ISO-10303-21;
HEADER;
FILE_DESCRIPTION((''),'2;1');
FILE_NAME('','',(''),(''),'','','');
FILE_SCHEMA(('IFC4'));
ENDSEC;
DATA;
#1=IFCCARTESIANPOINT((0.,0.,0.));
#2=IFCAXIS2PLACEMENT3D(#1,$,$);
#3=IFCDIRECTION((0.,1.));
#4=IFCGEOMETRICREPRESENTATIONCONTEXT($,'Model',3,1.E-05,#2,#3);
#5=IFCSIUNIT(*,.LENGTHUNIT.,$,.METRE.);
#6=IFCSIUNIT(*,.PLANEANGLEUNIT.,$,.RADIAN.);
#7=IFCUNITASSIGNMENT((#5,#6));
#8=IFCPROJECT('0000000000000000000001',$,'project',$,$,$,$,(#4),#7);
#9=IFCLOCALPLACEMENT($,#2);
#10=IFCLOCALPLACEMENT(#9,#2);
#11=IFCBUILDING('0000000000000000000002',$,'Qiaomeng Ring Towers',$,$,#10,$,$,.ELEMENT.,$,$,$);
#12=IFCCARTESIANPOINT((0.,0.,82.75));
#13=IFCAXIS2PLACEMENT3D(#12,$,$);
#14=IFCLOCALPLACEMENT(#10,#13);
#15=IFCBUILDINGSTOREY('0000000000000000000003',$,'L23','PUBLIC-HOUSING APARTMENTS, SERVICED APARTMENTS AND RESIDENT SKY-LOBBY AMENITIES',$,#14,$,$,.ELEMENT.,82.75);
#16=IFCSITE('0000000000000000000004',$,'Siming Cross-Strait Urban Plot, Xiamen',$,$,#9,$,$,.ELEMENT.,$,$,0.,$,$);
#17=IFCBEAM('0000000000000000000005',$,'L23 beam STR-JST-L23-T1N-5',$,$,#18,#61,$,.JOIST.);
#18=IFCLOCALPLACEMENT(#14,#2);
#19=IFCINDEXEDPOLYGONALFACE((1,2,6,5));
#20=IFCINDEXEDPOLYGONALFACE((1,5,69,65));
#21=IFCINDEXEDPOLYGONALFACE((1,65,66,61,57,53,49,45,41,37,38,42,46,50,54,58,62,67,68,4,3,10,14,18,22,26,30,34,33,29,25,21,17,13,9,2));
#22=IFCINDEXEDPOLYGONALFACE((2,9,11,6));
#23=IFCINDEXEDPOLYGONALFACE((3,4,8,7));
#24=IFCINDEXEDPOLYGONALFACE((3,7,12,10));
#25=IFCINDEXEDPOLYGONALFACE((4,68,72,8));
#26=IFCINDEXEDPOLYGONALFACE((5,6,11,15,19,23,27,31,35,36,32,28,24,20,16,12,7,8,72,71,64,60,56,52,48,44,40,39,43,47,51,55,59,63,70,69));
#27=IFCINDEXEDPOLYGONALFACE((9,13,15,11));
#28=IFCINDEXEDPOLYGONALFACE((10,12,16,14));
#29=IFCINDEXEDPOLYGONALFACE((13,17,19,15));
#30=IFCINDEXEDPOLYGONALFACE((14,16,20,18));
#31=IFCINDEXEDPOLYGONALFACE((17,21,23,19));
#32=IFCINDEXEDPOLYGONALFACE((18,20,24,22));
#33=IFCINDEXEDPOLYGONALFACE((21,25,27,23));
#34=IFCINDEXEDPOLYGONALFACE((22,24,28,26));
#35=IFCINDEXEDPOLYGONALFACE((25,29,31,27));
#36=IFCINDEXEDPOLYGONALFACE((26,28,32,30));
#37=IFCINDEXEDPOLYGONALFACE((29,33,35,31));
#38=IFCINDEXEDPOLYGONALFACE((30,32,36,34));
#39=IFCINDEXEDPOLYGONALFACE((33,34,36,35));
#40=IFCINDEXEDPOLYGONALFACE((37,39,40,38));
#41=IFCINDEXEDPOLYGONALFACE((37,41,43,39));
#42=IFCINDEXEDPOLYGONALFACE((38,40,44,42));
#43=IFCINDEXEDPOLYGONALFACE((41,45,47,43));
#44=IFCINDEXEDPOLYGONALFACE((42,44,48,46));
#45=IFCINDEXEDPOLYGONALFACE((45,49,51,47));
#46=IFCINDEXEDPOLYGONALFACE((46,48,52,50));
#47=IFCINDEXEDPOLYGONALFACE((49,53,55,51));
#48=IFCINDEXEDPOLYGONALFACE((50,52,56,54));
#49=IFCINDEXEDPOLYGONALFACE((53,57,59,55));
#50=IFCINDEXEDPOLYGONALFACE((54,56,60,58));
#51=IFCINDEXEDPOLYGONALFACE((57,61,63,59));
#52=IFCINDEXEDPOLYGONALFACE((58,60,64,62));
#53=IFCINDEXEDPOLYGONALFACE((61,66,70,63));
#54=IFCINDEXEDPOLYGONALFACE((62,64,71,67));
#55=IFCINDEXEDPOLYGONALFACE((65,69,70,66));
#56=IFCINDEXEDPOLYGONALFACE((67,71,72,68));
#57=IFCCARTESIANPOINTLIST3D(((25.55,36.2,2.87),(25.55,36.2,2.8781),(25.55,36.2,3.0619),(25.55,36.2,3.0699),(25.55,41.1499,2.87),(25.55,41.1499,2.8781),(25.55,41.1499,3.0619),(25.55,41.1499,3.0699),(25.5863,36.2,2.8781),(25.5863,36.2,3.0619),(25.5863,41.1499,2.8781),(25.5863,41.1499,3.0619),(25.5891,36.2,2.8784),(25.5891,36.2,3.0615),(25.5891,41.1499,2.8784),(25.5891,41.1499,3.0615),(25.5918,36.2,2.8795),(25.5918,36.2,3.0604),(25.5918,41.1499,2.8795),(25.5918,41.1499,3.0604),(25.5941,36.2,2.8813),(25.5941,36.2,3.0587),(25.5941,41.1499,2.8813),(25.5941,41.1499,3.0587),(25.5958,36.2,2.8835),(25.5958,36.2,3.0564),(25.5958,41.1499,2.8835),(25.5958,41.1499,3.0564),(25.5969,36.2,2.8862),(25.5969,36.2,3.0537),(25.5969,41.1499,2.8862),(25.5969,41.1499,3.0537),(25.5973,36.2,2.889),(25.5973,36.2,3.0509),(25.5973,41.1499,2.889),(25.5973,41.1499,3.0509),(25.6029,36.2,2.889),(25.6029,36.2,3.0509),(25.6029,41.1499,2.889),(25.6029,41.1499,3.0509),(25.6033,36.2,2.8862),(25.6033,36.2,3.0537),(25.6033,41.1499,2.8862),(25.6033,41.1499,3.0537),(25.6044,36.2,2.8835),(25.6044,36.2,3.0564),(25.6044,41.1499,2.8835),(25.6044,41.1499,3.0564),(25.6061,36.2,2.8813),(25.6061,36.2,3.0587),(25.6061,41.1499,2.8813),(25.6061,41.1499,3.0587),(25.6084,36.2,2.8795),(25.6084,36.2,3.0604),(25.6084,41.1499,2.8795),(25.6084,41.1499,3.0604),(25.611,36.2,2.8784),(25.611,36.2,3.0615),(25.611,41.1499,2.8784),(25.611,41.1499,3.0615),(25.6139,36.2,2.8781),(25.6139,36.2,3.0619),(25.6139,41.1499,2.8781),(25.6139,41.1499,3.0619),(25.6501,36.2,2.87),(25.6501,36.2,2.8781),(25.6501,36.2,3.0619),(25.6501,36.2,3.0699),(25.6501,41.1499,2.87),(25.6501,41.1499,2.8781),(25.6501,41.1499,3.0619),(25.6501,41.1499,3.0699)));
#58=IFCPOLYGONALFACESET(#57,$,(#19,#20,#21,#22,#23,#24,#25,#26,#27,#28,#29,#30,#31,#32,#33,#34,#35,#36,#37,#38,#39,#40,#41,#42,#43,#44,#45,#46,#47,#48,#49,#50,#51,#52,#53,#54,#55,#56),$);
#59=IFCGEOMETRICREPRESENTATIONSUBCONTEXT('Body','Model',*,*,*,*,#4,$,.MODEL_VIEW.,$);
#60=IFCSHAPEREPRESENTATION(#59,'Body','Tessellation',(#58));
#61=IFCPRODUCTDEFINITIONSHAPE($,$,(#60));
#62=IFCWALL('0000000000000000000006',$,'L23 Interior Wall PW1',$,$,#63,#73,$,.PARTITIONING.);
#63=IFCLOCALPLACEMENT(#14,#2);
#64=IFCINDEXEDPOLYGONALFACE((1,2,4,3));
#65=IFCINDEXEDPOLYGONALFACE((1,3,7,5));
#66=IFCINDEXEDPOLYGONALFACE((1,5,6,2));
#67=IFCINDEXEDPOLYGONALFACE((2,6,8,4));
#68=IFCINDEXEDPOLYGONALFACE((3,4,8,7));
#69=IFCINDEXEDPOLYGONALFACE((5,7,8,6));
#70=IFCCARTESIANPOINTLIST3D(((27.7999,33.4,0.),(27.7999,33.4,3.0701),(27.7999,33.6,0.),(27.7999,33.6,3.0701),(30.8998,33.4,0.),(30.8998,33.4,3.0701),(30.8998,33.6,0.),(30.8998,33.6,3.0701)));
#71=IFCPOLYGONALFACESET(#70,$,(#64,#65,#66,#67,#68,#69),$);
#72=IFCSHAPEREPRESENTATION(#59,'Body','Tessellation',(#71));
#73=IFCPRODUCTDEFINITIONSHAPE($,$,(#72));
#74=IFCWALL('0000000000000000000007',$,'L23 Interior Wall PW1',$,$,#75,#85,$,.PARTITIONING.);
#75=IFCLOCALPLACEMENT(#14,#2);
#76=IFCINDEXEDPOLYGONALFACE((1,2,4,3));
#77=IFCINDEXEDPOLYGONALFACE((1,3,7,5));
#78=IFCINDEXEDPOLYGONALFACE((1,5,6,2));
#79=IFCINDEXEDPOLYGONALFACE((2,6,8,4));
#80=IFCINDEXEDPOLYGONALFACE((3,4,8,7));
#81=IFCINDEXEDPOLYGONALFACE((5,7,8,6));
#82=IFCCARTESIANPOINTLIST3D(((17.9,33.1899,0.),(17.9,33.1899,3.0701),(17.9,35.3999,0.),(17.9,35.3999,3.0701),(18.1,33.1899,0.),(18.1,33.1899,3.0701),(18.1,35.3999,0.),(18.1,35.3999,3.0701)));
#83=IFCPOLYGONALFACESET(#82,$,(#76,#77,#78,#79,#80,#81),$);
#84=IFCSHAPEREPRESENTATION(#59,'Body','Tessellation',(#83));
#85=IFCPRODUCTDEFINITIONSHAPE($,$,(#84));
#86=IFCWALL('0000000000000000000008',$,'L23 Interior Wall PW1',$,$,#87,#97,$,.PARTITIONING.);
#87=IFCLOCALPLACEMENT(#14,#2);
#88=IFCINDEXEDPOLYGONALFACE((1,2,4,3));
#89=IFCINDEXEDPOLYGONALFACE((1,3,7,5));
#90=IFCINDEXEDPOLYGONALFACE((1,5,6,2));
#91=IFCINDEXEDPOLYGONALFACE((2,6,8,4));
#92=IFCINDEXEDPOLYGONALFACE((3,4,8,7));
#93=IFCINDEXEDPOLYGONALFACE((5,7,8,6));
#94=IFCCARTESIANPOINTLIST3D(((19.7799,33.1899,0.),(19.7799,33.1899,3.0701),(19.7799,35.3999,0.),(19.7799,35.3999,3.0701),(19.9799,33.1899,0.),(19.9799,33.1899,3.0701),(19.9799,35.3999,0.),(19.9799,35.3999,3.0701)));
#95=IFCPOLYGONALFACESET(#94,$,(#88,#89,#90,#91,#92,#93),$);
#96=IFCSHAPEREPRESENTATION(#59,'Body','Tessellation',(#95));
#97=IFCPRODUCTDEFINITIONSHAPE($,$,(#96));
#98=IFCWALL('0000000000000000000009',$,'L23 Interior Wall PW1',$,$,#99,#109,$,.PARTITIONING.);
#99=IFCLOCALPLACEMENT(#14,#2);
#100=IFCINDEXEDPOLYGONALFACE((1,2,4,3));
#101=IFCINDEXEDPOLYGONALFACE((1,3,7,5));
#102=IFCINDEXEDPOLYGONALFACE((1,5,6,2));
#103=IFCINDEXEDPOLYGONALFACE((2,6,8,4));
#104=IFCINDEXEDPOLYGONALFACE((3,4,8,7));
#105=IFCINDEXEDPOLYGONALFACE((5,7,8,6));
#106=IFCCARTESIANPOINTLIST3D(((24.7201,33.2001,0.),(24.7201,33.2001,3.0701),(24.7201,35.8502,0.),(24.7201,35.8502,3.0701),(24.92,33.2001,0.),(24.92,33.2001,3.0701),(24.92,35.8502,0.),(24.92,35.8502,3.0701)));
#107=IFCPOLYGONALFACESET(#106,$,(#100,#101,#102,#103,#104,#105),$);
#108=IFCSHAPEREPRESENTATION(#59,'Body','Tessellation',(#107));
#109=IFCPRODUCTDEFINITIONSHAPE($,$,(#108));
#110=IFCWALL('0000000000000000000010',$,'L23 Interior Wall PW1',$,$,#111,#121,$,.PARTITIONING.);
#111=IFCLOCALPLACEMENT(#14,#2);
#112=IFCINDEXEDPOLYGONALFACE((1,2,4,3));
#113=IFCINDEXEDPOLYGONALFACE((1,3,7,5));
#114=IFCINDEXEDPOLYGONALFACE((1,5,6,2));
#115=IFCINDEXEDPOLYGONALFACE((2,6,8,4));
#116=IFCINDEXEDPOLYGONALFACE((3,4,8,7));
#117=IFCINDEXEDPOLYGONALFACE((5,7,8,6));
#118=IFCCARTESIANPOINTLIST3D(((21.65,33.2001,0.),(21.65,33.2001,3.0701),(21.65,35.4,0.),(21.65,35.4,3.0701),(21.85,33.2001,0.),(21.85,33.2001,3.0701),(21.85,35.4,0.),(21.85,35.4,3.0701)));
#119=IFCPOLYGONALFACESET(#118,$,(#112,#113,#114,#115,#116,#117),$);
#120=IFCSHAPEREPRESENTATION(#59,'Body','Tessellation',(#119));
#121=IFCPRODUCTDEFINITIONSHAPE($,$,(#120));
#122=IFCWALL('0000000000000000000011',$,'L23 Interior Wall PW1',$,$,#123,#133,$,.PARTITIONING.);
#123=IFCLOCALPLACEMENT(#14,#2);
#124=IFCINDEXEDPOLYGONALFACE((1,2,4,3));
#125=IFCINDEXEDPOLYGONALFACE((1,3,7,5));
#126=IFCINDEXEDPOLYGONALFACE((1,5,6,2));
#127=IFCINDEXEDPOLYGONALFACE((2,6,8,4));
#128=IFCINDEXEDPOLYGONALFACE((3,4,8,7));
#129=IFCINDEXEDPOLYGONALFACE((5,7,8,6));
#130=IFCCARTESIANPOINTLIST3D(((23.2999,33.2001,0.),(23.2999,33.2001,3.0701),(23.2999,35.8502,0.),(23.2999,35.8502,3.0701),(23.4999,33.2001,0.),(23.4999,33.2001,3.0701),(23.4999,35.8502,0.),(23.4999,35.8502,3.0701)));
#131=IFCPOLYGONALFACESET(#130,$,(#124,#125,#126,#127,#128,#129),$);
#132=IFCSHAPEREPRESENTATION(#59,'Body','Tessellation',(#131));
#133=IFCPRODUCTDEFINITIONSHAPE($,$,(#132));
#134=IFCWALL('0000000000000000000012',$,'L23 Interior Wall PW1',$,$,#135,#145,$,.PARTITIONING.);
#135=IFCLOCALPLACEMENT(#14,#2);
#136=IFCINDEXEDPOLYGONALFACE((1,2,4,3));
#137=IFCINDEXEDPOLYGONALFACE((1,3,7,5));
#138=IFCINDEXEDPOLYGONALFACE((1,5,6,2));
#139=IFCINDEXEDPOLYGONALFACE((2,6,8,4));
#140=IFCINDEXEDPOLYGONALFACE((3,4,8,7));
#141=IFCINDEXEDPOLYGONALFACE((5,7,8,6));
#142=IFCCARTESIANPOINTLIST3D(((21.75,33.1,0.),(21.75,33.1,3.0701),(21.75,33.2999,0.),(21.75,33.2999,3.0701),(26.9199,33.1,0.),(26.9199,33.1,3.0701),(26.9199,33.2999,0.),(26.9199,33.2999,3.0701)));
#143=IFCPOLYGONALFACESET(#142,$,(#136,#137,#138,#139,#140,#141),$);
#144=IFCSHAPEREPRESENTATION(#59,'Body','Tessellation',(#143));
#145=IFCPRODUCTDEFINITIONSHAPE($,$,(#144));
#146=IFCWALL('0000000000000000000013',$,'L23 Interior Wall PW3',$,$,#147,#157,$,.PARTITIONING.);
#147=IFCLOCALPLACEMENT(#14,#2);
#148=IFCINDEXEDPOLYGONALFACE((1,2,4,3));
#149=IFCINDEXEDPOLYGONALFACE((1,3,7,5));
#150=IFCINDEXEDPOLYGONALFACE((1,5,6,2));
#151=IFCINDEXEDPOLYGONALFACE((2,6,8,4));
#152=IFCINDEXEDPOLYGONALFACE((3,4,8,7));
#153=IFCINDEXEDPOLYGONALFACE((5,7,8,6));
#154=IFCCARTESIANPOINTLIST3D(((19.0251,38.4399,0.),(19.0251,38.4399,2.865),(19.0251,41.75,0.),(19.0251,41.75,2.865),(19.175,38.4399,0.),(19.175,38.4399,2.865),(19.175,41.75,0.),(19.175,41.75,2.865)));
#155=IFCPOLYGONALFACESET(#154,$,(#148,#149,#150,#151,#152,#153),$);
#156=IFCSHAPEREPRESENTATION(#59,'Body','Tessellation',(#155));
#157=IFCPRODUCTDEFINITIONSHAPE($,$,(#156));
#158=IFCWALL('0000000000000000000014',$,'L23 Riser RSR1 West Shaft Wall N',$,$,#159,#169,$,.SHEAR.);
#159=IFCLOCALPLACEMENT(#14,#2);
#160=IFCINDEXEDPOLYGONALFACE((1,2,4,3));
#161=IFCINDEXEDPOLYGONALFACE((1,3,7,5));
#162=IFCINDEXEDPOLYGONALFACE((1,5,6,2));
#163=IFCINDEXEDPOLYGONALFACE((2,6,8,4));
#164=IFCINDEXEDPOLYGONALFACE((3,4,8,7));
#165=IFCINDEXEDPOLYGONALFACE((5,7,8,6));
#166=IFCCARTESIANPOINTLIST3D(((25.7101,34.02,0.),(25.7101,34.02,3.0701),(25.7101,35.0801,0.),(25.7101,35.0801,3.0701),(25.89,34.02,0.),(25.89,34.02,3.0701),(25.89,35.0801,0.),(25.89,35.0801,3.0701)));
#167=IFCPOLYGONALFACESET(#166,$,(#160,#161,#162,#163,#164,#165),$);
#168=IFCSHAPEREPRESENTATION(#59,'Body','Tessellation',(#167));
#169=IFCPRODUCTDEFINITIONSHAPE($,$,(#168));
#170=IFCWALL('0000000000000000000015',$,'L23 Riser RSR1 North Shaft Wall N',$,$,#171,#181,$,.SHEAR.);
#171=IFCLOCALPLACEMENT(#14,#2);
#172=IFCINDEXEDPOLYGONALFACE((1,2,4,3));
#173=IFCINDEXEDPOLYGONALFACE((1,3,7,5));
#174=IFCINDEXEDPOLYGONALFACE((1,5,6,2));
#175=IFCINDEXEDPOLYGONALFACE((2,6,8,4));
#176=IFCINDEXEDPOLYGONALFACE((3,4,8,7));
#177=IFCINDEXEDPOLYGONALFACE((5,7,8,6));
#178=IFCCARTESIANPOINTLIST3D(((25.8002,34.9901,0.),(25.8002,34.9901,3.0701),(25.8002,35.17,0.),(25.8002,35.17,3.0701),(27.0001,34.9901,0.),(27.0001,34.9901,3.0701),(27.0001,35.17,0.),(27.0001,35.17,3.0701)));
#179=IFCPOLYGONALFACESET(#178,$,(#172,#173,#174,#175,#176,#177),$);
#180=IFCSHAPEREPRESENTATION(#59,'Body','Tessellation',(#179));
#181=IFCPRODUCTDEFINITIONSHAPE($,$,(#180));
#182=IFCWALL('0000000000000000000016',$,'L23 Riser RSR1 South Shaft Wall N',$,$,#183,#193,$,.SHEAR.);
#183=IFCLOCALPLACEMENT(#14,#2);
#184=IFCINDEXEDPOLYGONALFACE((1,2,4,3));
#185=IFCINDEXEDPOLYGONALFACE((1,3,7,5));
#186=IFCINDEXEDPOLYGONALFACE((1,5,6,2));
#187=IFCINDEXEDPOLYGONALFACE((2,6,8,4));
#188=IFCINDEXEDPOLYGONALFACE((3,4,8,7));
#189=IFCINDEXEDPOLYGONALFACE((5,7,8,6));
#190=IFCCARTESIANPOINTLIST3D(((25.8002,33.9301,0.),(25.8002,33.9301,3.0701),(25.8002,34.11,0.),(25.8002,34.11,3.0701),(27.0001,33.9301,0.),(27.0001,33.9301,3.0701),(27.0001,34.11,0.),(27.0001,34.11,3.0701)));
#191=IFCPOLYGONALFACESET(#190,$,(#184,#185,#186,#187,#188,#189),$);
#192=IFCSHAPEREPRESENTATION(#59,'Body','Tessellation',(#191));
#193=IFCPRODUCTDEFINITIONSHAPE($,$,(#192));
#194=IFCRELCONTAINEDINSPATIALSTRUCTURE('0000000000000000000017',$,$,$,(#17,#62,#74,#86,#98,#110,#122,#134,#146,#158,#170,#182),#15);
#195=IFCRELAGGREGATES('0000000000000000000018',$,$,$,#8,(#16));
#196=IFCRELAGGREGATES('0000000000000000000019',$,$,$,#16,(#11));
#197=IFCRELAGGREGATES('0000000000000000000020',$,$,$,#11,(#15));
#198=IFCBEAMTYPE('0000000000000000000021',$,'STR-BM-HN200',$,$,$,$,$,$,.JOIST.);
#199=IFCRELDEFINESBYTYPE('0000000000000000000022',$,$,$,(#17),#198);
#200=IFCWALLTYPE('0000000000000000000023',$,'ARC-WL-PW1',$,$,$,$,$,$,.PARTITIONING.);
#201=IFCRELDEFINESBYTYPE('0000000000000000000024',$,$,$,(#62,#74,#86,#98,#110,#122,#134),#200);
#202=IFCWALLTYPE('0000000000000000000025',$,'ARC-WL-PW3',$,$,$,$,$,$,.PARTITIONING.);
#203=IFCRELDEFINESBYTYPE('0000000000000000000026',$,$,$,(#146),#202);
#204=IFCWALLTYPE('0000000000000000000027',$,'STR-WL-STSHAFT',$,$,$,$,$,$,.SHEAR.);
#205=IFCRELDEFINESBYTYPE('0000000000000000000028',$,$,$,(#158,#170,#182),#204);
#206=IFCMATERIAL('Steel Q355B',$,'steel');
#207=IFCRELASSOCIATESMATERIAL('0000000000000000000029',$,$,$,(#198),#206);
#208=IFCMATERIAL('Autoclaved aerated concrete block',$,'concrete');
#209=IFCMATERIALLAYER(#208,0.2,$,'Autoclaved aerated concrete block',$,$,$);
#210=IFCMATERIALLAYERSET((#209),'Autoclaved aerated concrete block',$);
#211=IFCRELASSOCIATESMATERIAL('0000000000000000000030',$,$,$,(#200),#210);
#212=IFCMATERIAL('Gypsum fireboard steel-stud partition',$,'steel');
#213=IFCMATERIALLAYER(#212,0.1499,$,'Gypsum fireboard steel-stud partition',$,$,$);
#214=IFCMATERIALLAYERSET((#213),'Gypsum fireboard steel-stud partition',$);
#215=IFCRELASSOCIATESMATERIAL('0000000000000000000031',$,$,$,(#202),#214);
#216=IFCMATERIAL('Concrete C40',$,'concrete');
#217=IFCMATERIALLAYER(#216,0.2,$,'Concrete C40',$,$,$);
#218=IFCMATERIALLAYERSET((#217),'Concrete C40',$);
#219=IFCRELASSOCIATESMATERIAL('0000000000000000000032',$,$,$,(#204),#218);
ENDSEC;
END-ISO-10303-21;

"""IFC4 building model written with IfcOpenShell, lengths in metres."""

from ifc_helpers import new_model, si_unit, direction, frame, frame_2d, origin, origin_2d, place, context, subcontext, project, spatial, rectangle, i_section, extrude, source, transform, mapped, material, layer, layer_set, material_profile, profile_set, type_object, element, save


model = new_model("IFC4")

# Units and contexts
model_context = context("Model", 3, precision=1e-05, world=origin(), true_north=direction((0.0, 1.0)))
body_context = subcontext(model_context, "Body", "Model", "MODEL_VIEW")
ifc_project = project(units=[si_unit("LENGTHUNIT", "METRE"), si_unit("PLANEANGLEUNIT", "RADIAN")], contexts=[model_context])

# Site, building, storey
site_placement = place(None, origin())
site = spatial("IfcSite", under=ifc_project, at=site_placement, Name="Siming Cross-Strait Urban Plot, Xiamen", CompositionType="ELEMENT", RefElevation=0.0)
building_placement = place(site_placement, origin())
building = spatial("IfcBuilding", under=site, at=building_placement, Name="Qiaomeng Ring Towers", CompositionType="ELEMENT")
storey_placement = place(building_placement, frame((0.0, 0.0, 82.75)))
storey = spatial("IfcBuildingStorey", under=building, at=storey_placement, Name="L23", Description="PUBLIC-HOUSING APARTMENTS, SERVICED APARTMENTS AND RESIDENT SKY-LOBBY AMENITIES", CompositionType="ELEMENT", Elevation=82.75)

# Beam
ifc_material_1 = material(Name="Steel Q355B", Category="steel")
ifc_material_profile_1 = material_profile(ifc_material_1, i_section(OverallWidth=0.1001, OverallDepth=0.2, WebThickness=0.0056, FlangeThickness=0.0081, FilletRadius=0.011, at=origin_2d()), Name="HN 200x100x5.5x8")
ifc_profile_set_1 = profile_set([ifc_material_profile_1], Name="Steel Q355B")
beam_type_1 = type_object("IfcBeamType", Name="STR-BM-HN200", PredefinedType="JOIST", material=ifc_profile_set_1)
shared_shape_1 = source(origin(), body_context, "Body", "SweptSolid", [
    extrude(i_section(OverallWidth=0.1001, OverallDepth=0.2, WebThickness=0.0056, FlangeThickness=0.0081, FilletRadius=0.011, at=origin_2d()), origin(), (0.0, 0.0, 1.0), 4.95),
])
for number, where, z_axis, x_axis, name in (
    (1, (25.6001, 36.2, 2.97), (0.0, 1.0, 0.0), (-1.0, 0.0, 0.0), "L23 beam STR-JST-L23-T1N-5"),
):
    element("IfcBeam", number, at=place(storey_placement, frame(where, z_axis=z_axis, x_axis=x_axis)), inside=storey, type_object=beam_type_1, Name=name, PredefinedType="JOIST", context=body_context, shape_type="MappedRepresentation", body=[
        mapped(shared_shape_1, transform((0.0, 0.0, 0.0), x_axis=(1.0, 0.0, 0.0), y_axis=(0.0, 1.0, 0.0), z_axis=(0.0, 0.0, 1.0), scale=1.0)),
    ])

# Walls
ifc_material_2 = material(Name="Autoclaved aerated concrete block", Category="concrete")
ifc_layer_1 = layer(ifc_material_2, 0.2, Name="Autoclaved aerated concrete block")
ifc_layer_set_1 = layer_set([ifc_layer_1], Name="Autoclaved aerated concrete block")
wall_type_1 = type_object("IfcWallType", Name="ARC-WL-PW1", PredefinedType="PARTITIONING", material=ifc_layer_set_1)
wall_1_placement = place(storey_placement, frame((27.8, 33.5, 0.0), z_axis=(0.0, 0.0, 1.0), x_axis=(1.0, 0.0, 0.0)))
element("IfcWall", 2, at=wall_1_placement, inside=storey, type_object=wall_type_1, Name="L23 Interior Wall PW1", PredefinedType="PARTITIONING", context=body_context, shape_type="SweptSolid", body=[
    extrude(rectangle(XDim=3.0999, YDim=0.2, at=frame_2d((1.5498, 0.0))), origin(), (0.0, 0.0, 1.0), 3.0701),
])
for number, where, z_axis, x_axis, name in (
    (3, (18.0, 33.1899, 0.0), (0.0, 0.0, 1.0), (0.0, 1.0, 0.0), "L23 Interior Wall PW1"),
    (4, (19.8799, 33.1899, 0.0), (0.0, 0.0, 1.0), (0.0, 1.0, 0.0), "L23 Interior Wall PW1"),
):
    element("IfcWall", number, at=place(storey_placement, frame(where, z_axis=z_axis, x_axis=x_axis)), inside=storey, type_object=wall_type_1, Name=name, PredefinedType="PARTITIONING", context=body_context, shape_type="SweptSolid", body=[
        extrude(rectangle(XDim=2.21, YDim=0.2, at=frame_2d((1.105, 0.0))), origin(), (0.0, 0.0, 1.0), 3.0701),
    ])
wall_2_placement = place(storey_placement, frame((24.8201, 33.2, 0.0), z_axis=(0.0, 0.0, 1.0), x_axis=(0.0, 1.0, 0.0)))
element("IfcWall", 5, at=wall_2_placement, inside=storey, type_object=wall_type_1, Name="L23 Interior Wall PW1", PredefinedType="PARTITIONING", context=body_context, shape_type="SweptSolid", body=[
    extrude(rectangle(XDim=2.6501, YDim=0.2, at=frame_2d((1.3252, 0.0))), origin(), (0.0, 0.0, 1.0), 3.0701),
])
wall_3_placement = place(storey_placement, frame((21.75, 33.2, 0.0), z_axis=(0.0, 0.0, 1.0), x_axis=(0.0, 1.0, 0.0)))
element("IfcWall", 6, at=wall_3_placement, inside=storey, type_object=wall_type_1, Name="L23 Interior Wall PW1", PredefinedType="PARTITIONING", context=body_context, shape_type="SweptSolid", body=[
    extrude(rectangle(XDim=2.2, YDim=0.2, at=frame_2d((1.1001, 0.0))), origin(), (0.0, 0.0, 1.0), 3.0701),
])
wall_4_placement = place(storey_placement, frame((23.3999, 33.2, 0.0), z_axis=(0.0, 0.0, 1.0), x_axis=(0.0, 1.0, 0.0)))
element("IfcWall", 7, at=wall_4_placement, inside=storey, type_object=wall_type_1, Name="L23 Interior Wall PW1", PredefinedType="PARTITIONING", context=body_context, shape_type="SweptSolid", body=[
    extrude(rectangle(XDim=2.6501, YDim=0.2, at=frame_2d((1.3252, 0.0))), origin(), (0.0, 0.0, 1.0), 3.0701),
])
wall_5_placement = place(storey_placement, frame((21.75, 33.2, 0.0), z_axis=(0.0, 0.0, 1.0), x_axis=(1.0, 0.0, 0.0)))
element("IfcWall", 8, at=wall_5_placement, inside=storey, type_object=wall_type_1, Name="L23 Interior Wall PW1", PredefinedType="PARTITIONING", context=body_context, shape_type="SweptSolid", body=[
    extrude(rectangle(XDim=5.1699, YDim=0.2, at=frame_2d((2.585, 0.0))), origin(), (0.0, 0.0, 1.0), 3.0701),
])
ifc_material_3 = material(Name="Gypsum fireboard steel-stud partition", Category="steel")
ifc_layer_2 = layer(ifc_material_3, 0.1499, Name="Gypsum fireboard steel-stud partition")
ifc_layer_set_2 = layer_set([ifc_layer_2], Name="Gypsum fireboard steel-stud partition")
wall_type_2 = type_object("IfcWallType", Name="ARC-WL-PW3", PredefinedType="PARTITIONING", material=ifc_layer_set_2)
wall_6_placement = place(storey_placement, frame((19.1001, 38.4399, 0.0), z_axis=(0.0, 0.0, 1.0), x_axis=(0.0, 1.0, 0.0)))
element("IfcWall", 9, at=wall_6_placement, inside=storey, type_object=wall_type_2, Name="L23 Interior Wall PW3", PredefinedType="PARTITIONING", context=body_context, shape_type="SweptSolid", body=[
    extrude(rectangle(XDim=3.3101, YDim=0.1499, at=frame_2d((1.655, 0.0))), origin(), (0.0, 0.0, 1.0), 2.865),
])
ifc_material_4 = material(Name="Concrete C40", Category="concrete")
ifc_layer_3 = layer(ifc_material_4, 0.2, Name="Concrete C40")
ifc_layer_set_3 = layer_set([ifc_layer_3], Name="Concrete C40")
wall_type_3 = type_object("IfcWallType", Name="STR-WL-STSHAFT", PredefinedType="SHEAR", material=ifc_layer_set_3)
wall_7_placement = place(storey_placement, frame((25.8, 34.02, 0.0), z_axis=(0.0, 0.0, 1.0), x_axis=(0.0, 1.0, 0.0)))
element("IfcWall", 10, at=wall_7_placement, inside=storey, type_object=wall_type_3, Name="L23 Riser RSR1 West Shaft Wall N", PredefinedType="SHEAR", context=body_context, shape_type="SweptSolid", body=[
    extrude(rectangle(XDim=1.0601, YDim=0.1799, at=frame_2d((0.53, 0.0))), origin(), (0.0, 0.0, 1.0), 3.0701),
])
for number, where, z_axis, x_axis, name in (
    (11, (25.8, 35.0801, 0.0), (0.0, 0.0, 1.0), (1.0, 0.0, 0.0), "L23 Riser RSR1 North Shaft Wall N"),
    (12, (25.8, 34.02, 0.0), (0.0, 0.0, 1.0), (1.0, 0.0, 0.0), "L23 Riser RSR1 South Shaft Wall N"),
):
    element("IfcWall", number, at=place(storey_placement, frame(where, z_axis=z_axis, x_axis=x_axis)), inside=storey, type_object=wall_type_3, Name=name, PredefinedType="SHEAR", context=body_context, shape_type="SweptSolid", body=[
        extrude(rectangle(XDim=1.2, YDim=0.1799, at=frame_2d((0.6001, 0.0))), origin(), (0.0, 0.0, 1.0), 3.0701),
    ])

save(model, "model.ifc")
